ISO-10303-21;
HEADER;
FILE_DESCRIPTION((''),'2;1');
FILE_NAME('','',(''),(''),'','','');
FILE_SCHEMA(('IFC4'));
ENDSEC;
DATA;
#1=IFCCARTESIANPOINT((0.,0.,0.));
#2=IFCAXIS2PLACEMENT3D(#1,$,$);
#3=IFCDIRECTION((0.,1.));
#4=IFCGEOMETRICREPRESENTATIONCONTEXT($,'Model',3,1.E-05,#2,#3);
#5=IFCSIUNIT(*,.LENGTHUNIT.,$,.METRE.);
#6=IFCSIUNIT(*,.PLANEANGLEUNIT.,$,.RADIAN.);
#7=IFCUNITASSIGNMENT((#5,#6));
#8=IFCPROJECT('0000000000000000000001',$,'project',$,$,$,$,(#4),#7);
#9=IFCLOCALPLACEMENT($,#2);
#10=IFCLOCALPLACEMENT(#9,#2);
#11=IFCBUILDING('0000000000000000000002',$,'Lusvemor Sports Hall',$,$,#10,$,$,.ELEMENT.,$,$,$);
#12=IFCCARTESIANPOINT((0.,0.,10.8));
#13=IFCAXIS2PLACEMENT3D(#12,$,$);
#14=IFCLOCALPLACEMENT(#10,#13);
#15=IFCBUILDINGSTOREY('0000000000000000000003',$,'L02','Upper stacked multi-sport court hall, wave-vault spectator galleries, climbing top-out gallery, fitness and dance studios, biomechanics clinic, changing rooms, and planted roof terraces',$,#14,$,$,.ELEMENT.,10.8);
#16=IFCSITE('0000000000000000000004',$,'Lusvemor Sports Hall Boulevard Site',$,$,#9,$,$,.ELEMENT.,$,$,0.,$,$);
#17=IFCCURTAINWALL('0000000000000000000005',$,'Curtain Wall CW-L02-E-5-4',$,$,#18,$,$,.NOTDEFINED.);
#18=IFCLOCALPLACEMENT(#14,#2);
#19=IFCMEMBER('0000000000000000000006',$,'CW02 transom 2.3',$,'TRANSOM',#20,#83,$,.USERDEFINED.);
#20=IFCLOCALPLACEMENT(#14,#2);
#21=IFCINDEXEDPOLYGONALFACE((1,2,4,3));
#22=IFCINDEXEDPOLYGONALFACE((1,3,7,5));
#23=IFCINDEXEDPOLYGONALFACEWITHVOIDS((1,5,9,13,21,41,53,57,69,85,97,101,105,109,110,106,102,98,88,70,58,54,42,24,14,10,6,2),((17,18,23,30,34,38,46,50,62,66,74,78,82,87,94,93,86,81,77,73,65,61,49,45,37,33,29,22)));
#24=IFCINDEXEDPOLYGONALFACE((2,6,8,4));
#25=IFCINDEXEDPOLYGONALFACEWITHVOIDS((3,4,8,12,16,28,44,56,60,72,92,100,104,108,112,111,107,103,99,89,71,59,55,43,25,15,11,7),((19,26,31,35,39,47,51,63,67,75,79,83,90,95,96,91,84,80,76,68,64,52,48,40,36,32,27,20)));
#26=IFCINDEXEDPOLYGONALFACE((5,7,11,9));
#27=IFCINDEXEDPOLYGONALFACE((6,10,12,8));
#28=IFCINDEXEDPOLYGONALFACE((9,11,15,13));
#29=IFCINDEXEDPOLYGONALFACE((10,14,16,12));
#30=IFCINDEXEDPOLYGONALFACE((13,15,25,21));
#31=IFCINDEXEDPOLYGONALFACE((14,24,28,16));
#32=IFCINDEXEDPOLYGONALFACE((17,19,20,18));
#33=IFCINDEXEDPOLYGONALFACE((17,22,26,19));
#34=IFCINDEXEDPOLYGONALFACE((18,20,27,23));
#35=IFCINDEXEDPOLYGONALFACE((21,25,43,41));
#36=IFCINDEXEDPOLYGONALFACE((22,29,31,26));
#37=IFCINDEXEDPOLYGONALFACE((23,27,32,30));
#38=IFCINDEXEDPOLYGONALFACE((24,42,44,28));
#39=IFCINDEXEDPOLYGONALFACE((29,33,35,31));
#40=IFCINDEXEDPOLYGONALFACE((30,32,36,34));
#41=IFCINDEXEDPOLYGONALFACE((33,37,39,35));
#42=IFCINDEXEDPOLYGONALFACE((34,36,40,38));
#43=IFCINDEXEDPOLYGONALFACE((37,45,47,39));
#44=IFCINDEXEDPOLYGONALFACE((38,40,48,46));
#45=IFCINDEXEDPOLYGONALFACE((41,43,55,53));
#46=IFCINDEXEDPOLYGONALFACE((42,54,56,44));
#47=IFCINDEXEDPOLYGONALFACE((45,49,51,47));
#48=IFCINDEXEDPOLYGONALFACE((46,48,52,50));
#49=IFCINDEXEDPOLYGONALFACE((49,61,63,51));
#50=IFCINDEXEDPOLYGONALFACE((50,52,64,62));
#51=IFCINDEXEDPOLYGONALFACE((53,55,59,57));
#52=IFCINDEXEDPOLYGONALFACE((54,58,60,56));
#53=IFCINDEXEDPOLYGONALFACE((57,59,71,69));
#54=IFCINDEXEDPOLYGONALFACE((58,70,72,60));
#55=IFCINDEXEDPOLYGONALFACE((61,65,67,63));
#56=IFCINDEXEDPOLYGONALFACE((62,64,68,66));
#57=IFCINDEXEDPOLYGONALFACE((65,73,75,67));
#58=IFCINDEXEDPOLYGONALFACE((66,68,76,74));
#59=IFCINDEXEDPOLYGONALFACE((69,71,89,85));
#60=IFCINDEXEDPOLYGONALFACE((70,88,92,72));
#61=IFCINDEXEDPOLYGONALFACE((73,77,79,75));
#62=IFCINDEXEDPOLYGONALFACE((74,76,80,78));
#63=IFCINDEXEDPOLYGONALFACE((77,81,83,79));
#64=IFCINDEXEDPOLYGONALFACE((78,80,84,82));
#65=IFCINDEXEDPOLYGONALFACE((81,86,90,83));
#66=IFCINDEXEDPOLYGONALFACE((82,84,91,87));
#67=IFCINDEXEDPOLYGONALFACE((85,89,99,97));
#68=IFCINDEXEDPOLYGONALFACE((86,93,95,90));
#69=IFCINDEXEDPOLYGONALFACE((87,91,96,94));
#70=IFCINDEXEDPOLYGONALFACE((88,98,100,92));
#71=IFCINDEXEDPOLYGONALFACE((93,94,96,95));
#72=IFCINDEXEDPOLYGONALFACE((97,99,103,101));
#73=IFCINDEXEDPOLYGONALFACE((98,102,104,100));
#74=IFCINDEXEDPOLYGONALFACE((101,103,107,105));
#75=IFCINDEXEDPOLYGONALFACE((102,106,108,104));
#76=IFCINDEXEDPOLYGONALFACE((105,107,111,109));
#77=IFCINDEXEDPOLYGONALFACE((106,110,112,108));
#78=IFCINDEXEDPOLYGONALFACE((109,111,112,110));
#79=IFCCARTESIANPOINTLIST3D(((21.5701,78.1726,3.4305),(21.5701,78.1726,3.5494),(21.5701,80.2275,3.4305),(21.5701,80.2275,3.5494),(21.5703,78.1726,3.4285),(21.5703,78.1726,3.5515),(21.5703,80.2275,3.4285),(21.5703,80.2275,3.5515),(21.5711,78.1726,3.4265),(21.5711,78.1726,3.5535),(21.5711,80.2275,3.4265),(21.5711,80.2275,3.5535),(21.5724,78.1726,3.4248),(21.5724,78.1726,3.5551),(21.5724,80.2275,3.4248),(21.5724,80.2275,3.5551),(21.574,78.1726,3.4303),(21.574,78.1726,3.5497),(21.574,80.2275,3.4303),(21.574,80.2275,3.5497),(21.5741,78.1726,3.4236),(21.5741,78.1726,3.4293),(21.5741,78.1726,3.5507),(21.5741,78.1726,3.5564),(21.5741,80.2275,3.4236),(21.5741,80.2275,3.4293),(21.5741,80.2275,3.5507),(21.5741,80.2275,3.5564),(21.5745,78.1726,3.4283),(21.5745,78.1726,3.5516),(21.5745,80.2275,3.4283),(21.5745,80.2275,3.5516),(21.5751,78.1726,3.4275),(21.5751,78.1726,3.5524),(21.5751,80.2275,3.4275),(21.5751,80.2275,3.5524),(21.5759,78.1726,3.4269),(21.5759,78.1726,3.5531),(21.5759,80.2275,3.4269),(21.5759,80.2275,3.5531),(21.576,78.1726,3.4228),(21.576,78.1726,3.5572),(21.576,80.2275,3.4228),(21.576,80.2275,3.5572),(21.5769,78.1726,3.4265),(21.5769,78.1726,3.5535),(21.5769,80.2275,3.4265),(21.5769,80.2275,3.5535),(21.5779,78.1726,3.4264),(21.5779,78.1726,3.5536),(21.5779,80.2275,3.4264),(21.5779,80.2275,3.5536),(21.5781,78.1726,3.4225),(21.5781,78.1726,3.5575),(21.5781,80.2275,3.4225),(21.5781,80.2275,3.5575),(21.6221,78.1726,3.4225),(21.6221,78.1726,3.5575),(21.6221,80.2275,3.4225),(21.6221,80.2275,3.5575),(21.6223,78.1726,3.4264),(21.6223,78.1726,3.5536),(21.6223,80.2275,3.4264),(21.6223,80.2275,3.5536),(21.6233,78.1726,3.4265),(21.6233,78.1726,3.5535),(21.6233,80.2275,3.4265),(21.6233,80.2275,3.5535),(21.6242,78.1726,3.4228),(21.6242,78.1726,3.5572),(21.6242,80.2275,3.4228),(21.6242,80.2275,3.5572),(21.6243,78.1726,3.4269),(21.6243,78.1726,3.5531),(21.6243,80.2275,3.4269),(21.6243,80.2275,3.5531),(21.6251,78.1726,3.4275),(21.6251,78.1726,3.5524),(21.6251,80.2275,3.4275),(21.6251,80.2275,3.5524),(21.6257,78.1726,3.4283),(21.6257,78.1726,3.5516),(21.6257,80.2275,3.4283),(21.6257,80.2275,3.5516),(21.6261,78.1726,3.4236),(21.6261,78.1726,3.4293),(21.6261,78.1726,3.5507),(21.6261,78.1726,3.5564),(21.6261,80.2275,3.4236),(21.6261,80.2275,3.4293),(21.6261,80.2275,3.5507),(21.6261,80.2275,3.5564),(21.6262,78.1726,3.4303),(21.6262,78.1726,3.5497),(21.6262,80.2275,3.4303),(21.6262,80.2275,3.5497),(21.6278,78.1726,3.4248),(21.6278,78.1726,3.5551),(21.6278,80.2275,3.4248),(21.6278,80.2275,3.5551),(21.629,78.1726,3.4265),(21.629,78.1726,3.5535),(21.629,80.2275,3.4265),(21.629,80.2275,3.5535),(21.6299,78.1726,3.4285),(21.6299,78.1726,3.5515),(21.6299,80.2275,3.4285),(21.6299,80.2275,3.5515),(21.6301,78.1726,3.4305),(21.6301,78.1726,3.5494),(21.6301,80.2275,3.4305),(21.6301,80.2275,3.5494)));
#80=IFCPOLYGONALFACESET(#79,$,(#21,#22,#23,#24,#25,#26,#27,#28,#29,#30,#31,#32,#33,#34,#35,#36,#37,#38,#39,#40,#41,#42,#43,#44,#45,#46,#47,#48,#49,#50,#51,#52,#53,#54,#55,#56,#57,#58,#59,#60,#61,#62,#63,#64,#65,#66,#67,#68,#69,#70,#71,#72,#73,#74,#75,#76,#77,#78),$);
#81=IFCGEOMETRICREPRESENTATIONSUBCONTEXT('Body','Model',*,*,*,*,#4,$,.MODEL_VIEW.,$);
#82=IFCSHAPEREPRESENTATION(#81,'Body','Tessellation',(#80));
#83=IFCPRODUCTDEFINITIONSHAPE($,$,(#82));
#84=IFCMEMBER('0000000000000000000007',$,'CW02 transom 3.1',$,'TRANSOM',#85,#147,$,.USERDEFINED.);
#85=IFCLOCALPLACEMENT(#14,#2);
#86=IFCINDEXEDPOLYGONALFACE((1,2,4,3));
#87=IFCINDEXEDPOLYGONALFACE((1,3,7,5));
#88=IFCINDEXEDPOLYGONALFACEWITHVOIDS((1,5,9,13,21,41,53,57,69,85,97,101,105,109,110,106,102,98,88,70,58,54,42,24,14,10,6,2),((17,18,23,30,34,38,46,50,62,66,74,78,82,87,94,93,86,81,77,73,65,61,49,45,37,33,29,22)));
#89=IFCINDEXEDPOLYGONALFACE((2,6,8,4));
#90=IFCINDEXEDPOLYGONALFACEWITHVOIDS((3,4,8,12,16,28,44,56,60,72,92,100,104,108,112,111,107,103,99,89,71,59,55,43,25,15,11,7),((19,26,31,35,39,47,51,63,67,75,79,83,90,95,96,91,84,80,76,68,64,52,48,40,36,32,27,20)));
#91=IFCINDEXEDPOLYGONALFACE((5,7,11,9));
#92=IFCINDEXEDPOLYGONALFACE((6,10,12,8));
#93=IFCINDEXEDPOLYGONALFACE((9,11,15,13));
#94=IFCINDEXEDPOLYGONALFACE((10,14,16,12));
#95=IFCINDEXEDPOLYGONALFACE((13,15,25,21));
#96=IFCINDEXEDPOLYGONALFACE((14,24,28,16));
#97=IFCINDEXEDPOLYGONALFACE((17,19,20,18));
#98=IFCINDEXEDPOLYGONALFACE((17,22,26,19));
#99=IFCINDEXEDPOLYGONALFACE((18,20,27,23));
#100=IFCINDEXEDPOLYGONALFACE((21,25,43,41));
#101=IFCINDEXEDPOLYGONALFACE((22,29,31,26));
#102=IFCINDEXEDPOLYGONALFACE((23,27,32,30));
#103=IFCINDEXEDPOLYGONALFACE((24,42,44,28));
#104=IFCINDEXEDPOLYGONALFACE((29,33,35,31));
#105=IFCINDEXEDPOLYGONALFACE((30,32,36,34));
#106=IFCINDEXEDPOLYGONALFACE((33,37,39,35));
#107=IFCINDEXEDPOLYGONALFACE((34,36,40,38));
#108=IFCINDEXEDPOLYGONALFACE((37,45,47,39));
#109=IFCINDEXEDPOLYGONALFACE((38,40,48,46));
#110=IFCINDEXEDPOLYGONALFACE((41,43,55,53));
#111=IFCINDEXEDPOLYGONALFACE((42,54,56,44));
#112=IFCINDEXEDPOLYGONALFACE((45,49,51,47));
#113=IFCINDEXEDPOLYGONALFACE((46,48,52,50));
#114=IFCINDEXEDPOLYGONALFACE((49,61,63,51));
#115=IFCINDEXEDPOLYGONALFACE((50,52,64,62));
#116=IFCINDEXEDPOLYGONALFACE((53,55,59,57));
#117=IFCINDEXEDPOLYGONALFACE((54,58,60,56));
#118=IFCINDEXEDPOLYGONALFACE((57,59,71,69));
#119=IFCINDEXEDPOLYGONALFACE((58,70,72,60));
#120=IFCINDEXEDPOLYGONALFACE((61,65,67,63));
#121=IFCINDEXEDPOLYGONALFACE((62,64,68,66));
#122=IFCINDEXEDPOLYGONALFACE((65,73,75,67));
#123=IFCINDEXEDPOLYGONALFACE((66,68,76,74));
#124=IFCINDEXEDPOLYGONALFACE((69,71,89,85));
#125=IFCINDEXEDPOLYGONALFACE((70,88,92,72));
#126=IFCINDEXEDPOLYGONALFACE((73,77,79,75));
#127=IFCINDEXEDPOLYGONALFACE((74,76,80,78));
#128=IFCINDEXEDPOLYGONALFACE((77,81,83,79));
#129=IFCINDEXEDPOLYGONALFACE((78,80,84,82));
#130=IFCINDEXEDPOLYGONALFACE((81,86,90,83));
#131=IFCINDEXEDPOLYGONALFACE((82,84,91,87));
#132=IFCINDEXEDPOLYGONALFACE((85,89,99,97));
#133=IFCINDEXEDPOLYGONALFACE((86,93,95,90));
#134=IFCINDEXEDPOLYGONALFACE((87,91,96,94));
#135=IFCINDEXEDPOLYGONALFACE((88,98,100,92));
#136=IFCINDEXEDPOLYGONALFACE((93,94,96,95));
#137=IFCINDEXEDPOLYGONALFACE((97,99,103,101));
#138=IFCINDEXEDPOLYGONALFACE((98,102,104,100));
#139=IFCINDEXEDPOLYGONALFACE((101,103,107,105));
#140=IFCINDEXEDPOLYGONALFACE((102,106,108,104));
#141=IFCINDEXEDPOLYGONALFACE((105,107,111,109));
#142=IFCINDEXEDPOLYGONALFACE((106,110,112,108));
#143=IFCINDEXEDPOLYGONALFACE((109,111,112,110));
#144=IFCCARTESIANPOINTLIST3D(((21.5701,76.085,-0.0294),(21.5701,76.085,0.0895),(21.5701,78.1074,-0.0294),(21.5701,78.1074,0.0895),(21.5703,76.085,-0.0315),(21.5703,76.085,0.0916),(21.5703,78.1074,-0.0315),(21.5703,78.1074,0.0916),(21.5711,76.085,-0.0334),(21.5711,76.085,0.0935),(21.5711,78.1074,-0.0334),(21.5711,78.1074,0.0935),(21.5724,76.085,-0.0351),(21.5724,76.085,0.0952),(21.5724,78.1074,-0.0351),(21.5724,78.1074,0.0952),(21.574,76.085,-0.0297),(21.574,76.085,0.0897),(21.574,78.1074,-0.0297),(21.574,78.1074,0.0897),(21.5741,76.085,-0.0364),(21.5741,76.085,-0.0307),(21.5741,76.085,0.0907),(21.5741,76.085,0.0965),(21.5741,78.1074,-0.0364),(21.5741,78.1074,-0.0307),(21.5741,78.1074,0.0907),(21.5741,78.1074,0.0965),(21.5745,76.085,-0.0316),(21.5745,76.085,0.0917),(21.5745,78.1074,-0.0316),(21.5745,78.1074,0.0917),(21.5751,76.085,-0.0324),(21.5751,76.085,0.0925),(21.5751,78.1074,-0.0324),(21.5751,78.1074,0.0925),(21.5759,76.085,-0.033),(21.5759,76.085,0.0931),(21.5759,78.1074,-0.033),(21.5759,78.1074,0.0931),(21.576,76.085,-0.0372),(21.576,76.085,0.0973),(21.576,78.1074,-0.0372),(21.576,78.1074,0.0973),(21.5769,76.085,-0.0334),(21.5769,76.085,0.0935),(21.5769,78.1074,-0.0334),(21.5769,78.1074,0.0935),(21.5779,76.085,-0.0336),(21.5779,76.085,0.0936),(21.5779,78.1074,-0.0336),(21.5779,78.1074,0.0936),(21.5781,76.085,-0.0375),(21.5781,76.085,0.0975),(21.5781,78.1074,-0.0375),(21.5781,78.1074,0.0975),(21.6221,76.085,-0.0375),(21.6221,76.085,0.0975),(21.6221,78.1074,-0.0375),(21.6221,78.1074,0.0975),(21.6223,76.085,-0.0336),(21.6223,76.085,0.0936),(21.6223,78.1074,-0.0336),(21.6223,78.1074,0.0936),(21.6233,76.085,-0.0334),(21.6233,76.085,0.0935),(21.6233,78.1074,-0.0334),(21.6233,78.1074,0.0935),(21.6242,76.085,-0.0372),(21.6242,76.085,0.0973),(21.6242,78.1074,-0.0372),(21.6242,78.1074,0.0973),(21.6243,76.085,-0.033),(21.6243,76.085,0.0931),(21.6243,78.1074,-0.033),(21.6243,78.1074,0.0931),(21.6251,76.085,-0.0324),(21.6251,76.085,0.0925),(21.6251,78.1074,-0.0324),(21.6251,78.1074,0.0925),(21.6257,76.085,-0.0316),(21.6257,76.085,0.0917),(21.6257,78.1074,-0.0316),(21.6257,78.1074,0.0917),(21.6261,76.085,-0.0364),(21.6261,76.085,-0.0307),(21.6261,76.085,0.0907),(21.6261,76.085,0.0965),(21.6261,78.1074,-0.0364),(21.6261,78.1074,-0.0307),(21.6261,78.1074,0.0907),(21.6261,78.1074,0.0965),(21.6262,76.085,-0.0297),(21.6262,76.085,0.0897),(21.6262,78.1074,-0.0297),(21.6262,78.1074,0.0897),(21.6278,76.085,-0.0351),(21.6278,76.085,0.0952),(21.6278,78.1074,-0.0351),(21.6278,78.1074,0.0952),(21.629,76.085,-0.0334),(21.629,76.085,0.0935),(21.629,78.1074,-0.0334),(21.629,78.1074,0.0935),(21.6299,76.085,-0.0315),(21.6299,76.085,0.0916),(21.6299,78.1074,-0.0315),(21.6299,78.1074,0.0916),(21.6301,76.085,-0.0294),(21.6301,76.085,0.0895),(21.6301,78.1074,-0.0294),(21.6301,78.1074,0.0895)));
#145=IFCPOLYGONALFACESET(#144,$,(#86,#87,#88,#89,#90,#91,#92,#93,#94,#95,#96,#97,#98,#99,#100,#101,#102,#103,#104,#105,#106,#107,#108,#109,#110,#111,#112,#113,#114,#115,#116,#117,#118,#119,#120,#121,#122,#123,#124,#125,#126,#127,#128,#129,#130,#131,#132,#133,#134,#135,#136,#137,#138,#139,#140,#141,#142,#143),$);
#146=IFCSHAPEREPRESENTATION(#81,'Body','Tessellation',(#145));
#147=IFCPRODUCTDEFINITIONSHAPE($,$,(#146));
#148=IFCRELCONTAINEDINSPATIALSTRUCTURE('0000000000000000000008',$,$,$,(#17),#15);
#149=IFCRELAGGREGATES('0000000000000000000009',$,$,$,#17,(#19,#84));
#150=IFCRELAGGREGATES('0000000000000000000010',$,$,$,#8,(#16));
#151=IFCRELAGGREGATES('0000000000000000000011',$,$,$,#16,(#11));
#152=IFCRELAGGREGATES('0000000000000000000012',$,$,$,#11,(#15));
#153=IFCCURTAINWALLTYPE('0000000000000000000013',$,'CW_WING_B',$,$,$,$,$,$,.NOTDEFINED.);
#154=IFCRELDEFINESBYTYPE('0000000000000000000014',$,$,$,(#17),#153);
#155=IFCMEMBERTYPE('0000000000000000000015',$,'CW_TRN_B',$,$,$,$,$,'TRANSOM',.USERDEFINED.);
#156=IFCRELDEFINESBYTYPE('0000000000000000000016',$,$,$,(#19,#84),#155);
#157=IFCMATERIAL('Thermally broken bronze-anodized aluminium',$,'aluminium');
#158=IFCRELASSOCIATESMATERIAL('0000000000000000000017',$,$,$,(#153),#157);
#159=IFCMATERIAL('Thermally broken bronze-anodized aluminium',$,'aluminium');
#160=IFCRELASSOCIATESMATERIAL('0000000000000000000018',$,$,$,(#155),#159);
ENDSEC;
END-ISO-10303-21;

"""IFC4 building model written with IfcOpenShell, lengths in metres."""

from ifc_helpers import new_model, si_unit, direction, frame, origin, origin_2d, place, context, subcontext, project, spatial, hollow_rectangle, extrude, material, material_profile, profile_set, type_object, element, aggregate, save


model = new_model("IFC4")

# Units and contexts
model_context = context("Model", 3, precision=1e-05, world=origin(), true_north=direction((0.0, 1.0)))
body_context = subcontext(model_context, "Body", "Model", "MODEL_VIEW")
ifc_project = project(units=[si_unit("LENGTHUNIT", "METRE"), si_unit("PLANEANGLEUNIT", "RADIAN")], contexts=[model_context])

# Site, building, storey
site_placement = place(None, origin())
site = spatial("IfcSite", under=ifc_project, at=site_placement, Name="Lusvemor Sports Hall Boulevard Site", CompositionType="ELEMENT", RefElevation=0.0)
building_placement = place(site_placement, origin())
building = spatial("IfcBuilding", under=site, at=building_placement, Name="Lusvemor Sports Hall", CompositionType="ELEMENT")
storey_placement = place(building_placement, frame((0.0, 0.0, 10.8)))
storey = spatial("IfcBuildingStorey", under=building, at=storey_placement, Name="L02", Description="Upper stacked multi-sport court hall, wave-vault spectator galleries, climbing top-out gallery, fitness and dance studios, biomechanics clinic, changing rooms, and planted roof terraces", CompositionType="ELEMENT", Elevation=10.8)

# Curtain wall, members
ifc_material_1 = material(Name="Thermally broken bronze-anodized aluminium", Category="aluminium")
curtain_wall_type = type_object("IfcCurtainWallType", Name="CW_WING_B", PredefinedType="NOTDEFINED", material=ifc_material_1)
curtain_wall_placement = place(storey_placement, origin())
curtain_wall = element("IfcCurtainWall", 1, at=curtain_wall_placement, inside=storey, type_object=curtain_wall_type, Name="Curtain Wall CW-L02-E-5-4", PredefinedType="NOTDEFINED")
ifc_material_2 = material(Name="Thermally broken bronze-anodized aluminium", Category="aluminium")
ifc_material_profile_1 = material_profile(ifc_material_2, hollow_rectangle(XDim=0.0601, YDim=0.135, WallThickness=0.0039, InnerFilletRadius=0.0039, OuterFilletRadius=0.0081, at=origin_2d()), Name="CWTRN135x60x4")
ifc_profile_set_1 = profile_set([ifc_material_profile_1], Name="Thermally broken bronze-anodized aluminium")
member_type_1 = type_object("IfcMemberType", Name="CW_TRN_B", ElementType="TRANSOM", PredefinedType="USERDEFINED", material=ifc_profile_set_1)
member_1_placement = place(storey_placement, frame((21.6001, 80.2275, 3.49), z_axis=(0.0, -1.0, 0.0), x_axis=(1.0, 0.0, 0.0)))
member_1 = element("IfcMember", 2, at=member_1_placement, type_object=member_type_1, Name="CW02 transom 2.3", ObjectType="TRANSOM", PredefinedType="USERDEFINED", context=body_context, shape_type="SweptSolid", body=[
    extrude(hollow_rectangle(XDim=0.0601, YDim=0.135, WallThickness=0.0039, InnerFilletRadius=0.0039, OuterFilletRadius=0.0081, at=origin_2d()), origin(), (0.0, 0.0, 1.0), 2.0549),
])
member_2_placement = place(storey_placement, frame((21.6001, 78.1074, 0.03), z_axis=(0.0, -1.0, 0.0), x_axis=(1.0, 0.0, 0.0)))
member_2 = element("IfcMember", 3, at=member_2_placement, type_object=member_type_1, Name="CW02 transom 3.1", ObjectType="TRANSOM", PredefinedType="USERDEFINED", context=body_context, shape_type="SweptSolid", body=[
    extrude(hollow_rectangle(XDim=0.0601, YDim=0.135, WallThickness=0.0039, InnerFilletRadius=0.0039, OuterFilletRadius=0.0081, at=origin_2d()), origin(), (0.0, 0.0, 1.0), 2.0225),
])

aggregate(curtain_wall, [member_1, member_2])

save(model, "model.ifc")
